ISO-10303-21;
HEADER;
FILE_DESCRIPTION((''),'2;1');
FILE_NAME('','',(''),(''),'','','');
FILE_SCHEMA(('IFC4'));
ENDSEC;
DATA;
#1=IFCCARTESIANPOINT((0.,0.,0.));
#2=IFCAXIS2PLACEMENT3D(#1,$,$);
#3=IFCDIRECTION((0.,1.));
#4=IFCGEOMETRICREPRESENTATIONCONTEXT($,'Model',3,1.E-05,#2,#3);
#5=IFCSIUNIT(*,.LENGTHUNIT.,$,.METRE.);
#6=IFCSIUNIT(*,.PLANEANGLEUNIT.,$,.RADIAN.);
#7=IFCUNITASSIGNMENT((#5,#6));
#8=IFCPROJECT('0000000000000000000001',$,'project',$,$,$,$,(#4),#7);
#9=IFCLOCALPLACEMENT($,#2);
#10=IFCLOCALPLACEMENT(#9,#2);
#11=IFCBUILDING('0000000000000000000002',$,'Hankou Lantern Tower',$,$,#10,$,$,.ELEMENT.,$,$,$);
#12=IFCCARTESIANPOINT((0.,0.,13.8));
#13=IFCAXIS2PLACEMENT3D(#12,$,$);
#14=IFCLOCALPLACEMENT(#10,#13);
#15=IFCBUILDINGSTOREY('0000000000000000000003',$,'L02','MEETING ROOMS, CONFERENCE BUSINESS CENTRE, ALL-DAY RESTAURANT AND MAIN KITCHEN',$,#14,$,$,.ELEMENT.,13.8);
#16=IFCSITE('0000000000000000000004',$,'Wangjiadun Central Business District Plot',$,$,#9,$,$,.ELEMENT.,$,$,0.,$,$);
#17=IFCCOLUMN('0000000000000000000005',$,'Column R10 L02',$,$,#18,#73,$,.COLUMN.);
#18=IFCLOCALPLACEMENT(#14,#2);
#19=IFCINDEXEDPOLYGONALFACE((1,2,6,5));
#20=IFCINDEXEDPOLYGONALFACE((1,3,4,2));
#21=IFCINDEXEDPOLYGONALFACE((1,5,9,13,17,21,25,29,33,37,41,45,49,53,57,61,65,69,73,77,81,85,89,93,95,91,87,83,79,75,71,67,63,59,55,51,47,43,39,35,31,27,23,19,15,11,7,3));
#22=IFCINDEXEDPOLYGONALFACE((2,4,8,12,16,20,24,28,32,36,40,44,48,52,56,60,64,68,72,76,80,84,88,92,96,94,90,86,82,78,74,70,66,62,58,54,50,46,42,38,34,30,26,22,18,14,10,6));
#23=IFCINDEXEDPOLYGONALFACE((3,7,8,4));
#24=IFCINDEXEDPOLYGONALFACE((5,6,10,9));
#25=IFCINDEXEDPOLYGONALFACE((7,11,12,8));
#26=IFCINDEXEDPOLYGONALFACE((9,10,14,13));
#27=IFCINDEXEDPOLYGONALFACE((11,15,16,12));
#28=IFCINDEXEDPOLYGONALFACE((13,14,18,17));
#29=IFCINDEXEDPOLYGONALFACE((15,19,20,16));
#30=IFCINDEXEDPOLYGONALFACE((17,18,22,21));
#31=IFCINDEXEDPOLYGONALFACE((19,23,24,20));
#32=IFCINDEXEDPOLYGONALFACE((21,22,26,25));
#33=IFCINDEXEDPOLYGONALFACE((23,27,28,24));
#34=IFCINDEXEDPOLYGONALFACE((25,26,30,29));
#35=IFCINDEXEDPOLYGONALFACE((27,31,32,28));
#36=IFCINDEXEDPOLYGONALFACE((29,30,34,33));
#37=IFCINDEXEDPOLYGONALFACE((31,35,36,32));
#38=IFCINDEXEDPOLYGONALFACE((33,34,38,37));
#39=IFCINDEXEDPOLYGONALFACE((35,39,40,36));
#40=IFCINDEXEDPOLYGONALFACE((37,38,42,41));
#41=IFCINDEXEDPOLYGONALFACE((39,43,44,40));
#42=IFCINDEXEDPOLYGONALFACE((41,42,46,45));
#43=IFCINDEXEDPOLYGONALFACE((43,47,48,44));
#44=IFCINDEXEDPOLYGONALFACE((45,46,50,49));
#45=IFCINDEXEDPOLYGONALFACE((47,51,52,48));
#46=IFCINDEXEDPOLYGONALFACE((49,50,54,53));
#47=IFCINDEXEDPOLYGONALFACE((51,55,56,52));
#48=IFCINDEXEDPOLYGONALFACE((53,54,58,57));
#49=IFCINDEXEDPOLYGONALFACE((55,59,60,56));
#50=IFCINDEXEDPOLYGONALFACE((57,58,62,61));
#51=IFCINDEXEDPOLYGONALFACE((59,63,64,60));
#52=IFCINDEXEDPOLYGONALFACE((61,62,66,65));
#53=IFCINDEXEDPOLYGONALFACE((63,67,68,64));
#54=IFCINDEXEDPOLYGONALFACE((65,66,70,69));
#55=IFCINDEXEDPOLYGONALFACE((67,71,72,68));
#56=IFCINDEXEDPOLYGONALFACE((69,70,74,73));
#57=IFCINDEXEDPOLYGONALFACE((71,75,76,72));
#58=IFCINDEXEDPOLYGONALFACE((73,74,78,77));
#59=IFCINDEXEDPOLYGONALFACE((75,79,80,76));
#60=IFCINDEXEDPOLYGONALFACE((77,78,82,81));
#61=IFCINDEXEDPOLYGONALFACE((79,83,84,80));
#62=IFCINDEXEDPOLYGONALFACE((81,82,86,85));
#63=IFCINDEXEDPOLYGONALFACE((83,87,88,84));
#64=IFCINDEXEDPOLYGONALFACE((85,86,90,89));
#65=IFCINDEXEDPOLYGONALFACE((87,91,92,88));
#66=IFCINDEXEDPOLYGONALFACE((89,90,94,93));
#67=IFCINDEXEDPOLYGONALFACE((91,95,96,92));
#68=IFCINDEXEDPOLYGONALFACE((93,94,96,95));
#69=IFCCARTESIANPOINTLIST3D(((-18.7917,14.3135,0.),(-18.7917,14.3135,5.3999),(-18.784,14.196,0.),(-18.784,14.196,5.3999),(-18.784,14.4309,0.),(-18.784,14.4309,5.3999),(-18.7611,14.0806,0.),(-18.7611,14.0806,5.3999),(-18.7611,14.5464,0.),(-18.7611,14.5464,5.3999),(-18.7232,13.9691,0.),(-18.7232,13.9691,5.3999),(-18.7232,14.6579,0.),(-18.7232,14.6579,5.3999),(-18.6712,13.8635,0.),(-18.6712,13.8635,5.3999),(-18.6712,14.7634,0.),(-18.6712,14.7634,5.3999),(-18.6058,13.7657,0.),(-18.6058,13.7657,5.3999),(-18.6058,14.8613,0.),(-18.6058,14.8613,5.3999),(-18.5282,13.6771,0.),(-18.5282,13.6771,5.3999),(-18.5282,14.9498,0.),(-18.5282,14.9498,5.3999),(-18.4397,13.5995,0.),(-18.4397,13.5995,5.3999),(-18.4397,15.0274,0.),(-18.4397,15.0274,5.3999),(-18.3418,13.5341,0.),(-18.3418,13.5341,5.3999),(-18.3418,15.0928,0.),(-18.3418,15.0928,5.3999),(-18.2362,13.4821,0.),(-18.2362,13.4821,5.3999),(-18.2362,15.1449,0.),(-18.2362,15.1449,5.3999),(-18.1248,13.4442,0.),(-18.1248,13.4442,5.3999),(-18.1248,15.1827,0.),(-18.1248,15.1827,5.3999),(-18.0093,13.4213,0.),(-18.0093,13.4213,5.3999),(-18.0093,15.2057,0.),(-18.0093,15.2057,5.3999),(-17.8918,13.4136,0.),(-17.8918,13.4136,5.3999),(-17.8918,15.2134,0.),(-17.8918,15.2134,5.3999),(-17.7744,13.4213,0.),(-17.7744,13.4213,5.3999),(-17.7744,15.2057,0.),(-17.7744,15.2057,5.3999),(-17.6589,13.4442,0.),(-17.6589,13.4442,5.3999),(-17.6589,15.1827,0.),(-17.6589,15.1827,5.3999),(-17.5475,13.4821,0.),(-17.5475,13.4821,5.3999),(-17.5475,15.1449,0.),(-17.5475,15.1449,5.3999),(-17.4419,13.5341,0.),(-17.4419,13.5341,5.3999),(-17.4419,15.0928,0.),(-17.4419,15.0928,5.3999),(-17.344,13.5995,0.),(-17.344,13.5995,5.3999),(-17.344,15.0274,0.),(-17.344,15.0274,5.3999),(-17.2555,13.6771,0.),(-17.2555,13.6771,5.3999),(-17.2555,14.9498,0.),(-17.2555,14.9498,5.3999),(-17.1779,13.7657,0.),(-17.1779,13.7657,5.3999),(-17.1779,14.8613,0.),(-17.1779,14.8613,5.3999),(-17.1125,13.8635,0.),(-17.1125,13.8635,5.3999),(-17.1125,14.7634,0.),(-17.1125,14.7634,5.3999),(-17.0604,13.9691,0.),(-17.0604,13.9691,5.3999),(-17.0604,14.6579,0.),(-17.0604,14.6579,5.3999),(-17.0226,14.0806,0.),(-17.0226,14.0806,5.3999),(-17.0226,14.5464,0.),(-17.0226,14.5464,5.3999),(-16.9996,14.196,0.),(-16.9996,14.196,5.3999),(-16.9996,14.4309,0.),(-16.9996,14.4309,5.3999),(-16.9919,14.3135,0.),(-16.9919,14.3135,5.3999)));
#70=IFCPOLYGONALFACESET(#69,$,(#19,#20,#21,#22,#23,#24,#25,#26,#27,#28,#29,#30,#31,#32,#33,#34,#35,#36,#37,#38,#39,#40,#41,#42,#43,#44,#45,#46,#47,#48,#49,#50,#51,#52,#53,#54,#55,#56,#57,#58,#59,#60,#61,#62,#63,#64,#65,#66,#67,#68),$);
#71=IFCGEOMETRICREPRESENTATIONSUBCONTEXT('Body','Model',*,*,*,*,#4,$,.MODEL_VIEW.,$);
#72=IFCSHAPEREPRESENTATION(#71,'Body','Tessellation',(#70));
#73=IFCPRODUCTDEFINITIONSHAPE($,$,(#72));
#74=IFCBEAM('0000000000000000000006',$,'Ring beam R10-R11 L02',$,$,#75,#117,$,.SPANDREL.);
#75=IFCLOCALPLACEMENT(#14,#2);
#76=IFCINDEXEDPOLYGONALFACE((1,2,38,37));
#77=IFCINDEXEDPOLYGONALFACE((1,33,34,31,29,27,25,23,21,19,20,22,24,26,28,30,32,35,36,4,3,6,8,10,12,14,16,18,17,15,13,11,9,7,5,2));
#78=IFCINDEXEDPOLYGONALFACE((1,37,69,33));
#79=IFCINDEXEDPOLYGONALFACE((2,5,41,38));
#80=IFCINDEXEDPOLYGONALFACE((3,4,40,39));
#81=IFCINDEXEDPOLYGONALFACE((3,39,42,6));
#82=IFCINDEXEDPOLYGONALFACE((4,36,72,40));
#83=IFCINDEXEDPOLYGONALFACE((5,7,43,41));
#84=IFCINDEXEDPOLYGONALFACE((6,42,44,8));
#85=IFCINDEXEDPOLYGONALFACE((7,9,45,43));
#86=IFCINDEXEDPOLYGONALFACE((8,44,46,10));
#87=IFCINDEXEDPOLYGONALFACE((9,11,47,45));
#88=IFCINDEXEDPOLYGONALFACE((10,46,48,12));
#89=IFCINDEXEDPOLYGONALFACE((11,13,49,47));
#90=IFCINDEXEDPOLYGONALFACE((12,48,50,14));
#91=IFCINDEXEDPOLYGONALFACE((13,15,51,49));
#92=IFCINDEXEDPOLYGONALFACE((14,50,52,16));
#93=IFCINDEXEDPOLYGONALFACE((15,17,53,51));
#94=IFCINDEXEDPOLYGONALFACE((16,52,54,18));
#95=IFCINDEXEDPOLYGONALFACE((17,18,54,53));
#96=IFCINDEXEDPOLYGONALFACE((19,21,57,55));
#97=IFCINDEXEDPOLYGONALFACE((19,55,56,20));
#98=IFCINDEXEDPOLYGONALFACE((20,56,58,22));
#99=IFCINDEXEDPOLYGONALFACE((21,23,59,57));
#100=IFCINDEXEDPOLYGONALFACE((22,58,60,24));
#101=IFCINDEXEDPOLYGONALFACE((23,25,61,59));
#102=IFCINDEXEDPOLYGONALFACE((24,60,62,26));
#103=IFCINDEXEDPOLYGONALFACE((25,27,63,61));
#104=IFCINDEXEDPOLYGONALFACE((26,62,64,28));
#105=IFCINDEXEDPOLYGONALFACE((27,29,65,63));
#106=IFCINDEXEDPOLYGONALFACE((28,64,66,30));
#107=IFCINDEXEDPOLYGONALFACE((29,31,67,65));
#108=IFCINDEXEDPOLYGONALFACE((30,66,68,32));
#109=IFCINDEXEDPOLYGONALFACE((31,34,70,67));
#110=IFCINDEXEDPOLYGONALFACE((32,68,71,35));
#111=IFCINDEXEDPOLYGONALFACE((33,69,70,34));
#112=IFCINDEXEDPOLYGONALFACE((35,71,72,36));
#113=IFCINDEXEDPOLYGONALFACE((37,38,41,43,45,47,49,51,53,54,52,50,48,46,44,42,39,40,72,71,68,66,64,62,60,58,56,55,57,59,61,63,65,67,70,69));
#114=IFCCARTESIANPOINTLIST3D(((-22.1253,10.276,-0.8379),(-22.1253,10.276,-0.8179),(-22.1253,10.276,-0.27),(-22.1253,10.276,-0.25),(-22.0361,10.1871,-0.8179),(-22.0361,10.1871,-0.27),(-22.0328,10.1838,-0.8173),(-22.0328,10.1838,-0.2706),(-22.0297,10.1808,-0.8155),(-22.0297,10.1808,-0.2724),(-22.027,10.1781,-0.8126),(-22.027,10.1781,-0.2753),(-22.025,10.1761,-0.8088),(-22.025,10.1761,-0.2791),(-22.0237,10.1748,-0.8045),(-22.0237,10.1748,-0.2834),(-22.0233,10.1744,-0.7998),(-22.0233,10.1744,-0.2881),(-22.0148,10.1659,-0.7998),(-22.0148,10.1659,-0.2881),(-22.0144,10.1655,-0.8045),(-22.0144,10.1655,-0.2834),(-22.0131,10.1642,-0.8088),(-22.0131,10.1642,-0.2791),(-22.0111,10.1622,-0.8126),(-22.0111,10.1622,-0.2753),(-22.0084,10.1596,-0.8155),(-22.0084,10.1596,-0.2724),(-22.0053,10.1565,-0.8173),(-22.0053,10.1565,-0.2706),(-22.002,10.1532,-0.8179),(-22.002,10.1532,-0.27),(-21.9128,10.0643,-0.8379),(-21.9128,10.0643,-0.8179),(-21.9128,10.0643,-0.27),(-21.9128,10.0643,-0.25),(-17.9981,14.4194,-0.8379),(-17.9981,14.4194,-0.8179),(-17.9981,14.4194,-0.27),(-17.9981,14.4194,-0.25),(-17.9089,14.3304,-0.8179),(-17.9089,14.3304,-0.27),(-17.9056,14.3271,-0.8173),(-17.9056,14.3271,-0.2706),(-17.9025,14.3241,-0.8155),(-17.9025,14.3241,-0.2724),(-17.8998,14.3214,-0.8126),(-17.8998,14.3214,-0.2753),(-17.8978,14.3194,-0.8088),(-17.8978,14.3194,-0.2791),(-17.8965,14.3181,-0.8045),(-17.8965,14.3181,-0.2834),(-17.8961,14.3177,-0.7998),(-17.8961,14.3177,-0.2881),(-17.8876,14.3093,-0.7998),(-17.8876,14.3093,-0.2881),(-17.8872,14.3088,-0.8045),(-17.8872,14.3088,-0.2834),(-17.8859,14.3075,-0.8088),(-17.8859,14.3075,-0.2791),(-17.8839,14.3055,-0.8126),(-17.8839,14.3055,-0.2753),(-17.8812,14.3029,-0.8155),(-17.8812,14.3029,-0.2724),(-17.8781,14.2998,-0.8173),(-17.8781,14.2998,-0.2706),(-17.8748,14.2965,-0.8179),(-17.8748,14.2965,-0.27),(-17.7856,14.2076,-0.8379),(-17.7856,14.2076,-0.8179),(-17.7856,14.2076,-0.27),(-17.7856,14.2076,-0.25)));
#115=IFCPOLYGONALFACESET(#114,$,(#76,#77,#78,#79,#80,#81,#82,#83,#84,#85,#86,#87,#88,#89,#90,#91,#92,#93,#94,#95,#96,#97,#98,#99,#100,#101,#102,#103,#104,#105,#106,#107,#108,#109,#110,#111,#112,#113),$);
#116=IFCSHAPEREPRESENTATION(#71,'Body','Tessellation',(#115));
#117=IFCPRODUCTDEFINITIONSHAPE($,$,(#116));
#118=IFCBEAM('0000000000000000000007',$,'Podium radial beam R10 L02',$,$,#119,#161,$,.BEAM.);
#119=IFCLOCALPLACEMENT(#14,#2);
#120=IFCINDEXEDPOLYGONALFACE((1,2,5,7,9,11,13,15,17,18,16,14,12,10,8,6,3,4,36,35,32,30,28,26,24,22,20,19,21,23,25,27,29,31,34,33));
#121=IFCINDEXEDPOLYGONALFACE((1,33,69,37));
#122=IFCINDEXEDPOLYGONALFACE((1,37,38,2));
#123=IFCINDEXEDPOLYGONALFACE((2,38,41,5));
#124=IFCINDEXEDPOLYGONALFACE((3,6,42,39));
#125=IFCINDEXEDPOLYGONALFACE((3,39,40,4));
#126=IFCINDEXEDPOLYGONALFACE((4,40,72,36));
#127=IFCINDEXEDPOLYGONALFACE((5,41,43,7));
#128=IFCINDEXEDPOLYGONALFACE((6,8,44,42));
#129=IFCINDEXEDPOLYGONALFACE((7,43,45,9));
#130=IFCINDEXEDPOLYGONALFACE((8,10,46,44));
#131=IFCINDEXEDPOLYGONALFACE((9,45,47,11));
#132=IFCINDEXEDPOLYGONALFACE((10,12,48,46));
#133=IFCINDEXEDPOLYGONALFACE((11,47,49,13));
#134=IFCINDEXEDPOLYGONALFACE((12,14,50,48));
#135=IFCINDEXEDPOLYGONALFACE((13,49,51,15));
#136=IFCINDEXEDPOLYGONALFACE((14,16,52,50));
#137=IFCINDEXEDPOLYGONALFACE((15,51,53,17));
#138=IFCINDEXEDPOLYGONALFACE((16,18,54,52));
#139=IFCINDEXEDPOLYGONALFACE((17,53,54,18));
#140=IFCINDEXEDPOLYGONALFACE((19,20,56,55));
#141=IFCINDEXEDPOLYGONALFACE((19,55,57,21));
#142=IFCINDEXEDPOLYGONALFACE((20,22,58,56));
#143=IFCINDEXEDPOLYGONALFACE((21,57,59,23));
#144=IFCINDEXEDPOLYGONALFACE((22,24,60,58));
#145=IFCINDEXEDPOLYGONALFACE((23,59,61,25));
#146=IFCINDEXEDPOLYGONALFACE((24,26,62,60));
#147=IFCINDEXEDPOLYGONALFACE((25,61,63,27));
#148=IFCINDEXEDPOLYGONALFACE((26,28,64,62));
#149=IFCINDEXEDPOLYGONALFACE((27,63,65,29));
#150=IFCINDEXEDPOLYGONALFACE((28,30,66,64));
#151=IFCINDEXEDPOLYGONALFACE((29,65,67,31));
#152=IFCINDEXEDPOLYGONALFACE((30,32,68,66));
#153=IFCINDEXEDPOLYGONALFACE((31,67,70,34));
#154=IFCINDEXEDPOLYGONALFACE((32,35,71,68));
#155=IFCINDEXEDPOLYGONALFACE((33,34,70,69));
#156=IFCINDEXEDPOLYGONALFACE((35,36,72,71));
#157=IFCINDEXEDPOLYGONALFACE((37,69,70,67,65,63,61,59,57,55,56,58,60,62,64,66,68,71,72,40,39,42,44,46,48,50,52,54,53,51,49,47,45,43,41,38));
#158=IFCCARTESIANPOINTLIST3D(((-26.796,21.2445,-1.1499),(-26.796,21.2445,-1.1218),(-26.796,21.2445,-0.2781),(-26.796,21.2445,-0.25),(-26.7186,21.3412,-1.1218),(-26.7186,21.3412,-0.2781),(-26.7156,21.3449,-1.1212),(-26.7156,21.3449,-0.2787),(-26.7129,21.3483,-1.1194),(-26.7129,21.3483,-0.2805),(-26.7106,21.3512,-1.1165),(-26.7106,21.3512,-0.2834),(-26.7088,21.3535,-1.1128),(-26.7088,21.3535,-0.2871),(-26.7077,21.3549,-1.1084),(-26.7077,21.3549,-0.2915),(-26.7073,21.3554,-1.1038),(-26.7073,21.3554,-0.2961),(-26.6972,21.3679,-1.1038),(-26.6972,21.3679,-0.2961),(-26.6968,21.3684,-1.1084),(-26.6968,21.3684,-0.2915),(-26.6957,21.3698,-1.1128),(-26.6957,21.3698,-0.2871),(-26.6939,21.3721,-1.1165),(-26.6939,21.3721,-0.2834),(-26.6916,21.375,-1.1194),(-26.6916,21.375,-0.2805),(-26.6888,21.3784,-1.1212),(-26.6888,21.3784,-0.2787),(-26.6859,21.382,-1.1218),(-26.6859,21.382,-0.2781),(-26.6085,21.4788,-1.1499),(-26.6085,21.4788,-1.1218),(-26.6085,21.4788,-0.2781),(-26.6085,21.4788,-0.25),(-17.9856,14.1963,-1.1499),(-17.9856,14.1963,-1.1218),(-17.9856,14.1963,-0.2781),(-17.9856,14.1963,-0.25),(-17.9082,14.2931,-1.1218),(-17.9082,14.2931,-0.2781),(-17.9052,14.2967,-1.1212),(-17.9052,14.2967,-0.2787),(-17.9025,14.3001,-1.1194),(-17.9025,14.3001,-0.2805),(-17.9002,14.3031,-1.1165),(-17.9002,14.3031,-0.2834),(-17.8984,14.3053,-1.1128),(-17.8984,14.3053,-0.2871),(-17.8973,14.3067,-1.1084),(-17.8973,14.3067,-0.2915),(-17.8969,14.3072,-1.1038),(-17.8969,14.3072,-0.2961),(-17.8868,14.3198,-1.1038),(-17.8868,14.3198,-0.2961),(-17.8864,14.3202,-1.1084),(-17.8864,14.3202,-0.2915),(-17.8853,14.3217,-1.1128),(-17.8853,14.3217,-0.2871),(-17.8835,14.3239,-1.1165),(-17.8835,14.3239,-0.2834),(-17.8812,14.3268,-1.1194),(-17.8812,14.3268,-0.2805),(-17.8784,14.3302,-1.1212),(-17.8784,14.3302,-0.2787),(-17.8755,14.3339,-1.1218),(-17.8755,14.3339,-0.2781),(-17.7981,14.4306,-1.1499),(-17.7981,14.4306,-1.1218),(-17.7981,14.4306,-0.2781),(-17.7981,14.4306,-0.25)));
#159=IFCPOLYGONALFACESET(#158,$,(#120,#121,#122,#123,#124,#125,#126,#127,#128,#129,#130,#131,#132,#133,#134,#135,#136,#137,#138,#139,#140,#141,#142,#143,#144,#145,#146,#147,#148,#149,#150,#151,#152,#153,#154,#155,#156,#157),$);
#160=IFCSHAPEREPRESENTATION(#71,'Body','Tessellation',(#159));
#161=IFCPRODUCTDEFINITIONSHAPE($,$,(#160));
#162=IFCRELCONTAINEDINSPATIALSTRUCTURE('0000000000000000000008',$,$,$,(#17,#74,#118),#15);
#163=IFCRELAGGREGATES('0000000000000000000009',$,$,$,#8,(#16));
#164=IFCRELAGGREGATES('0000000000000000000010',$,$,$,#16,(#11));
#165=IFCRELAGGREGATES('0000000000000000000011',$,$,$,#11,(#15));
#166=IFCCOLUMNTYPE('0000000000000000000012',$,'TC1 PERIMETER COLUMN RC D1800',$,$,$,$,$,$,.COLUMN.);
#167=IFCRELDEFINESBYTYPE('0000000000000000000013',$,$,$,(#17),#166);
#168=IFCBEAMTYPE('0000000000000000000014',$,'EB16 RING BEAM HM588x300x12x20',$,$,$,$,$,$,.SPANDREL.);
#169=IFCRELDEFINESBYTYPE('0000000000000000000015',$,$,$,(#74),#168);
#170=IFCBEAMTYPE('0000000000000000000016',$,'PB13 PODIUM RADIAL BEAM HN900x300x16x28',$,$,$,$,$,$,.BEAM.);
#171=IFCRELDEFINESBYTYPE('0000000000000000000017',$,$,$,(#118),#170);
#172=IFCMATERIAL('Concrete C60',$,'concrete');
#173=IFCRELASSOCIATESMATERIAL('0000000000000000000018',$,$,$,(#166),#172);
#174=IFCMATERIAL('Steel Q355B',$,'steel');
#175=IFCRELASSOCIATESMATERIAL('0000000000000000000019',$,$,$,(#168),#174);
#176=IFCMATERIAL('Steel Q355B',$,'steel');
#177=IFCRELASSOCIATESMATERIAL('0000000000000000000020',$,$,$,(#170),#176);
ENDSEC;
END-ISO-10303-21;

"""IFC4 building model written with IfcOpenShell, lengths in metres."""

from ifc_helpers import new_model, si_unit, direction, frame, origin, origin_2d, place, context, subcontext, project, spatial, circle, i_section, extrude, material, material_profile, profile_set, type_object, element, save


model = new_model("IFC4")

# Units and contexts
model_context = context("Model", 3, precision=1e-05, world=origin(), true_north=direction((0.0, 1.0)))
body_context = subcontext(model_context, "Body", "Model", "MODEL_VIEW")
ifc_project = project(units=[si_unit("LENGTHUNIT", "METRE"), si_unit("PLANEANGLEUNIT", "RADIAN")], contexts=[model_context])

# Site, building, storey
site_placement = place(None, origin())
site = spatial("IfcSite", under=ifc_project, at=site_placement, Name="Wangjiadun Central Business District Plot", CompositionType="ELEMENT", RefElevation=0.0)
building_placement = place(site_placement, origin())
building = spatial("IfcBuilding", under=site, at=building_placement, Name="Hankou Lantern Tower", CompositionType="ELEMENT")
storey_placement = place(building_placement, frame((0.0, 0.0, 13.8)))
storey = spatial("IfcBuildingStorey", under=building, at=storey_placement, Name="L02", Description="MEETING ROOMS, CONFERENCE BUSINESS CENTRE, ALL-DAY RESTAURANT AND MAIN KITCHEN", CompositionType="ELEMENT", Elevation=13.8)

# Column
ifc_material_1 = material(Name="Concrete C60", Category="concrete")
ifc_material_profile_1 = material_profile(ifc_material_1, circle(Radius=0.8999, at=origin_2d()), Name="RC D1800")
ifc_profile_set_1 = profile_set([ifc_material_profile_1], Name="Concrete C60")
column_type = type_object("IfcColumnType", Name="TC1 PERIMETER COLUMN RC D1800", PredefinedType="COLUMN", material=ifc_profile_set_1)
column_placement = place(storey_placement, frame((-17.8918, 14.3135, 0.0), z_axis=(0.0, 0.0, 1.0), x_axis=(1.0, 0.0, 0.0)))
element("IfcColumn", 1, at=column_placement, inside=storey, type_object=column_type, Name="Column R10 L02", PredefinedType="COLUMN", context=body_context, shape_type="SweptSolid", body=[
    extrude(circle(Radius=0.8999, at=origin_2d()), origin(), (0.0, 0.0, 1.0), 5.3999),
])

# Beams
ifc_material_2 = material(Name="Steel Q355B", Category="steel")
ifc_material_profile_2 = material_profile(ifc_material_2, i_section(OverallWidth=0.3, OverallDepth=0.5879, WebThickness=0.012, FlangeThickness=0.02, FilletRadius=0.0181, at=origin_2d()), Name="HM588x300x12x20")
ifc_profile_set_2 = profile_set([ifc_material_profile_2], Name="Steel Q355B")
beam_type_1 = type_object("IfcBeamType", Name="EB16 RING BEAM HM588x300x12x20", PredefinedType="SPANDREL", material=ifc_profile_set_2)
beam_1_placement = place(storey_placement, frame((-17.8918, 14.3135, -0.5439), z_axis=(-0.705728, -0.708483, 0.0), x_axis=(0.708483, -0.705728, 0.0)))
element("IfcBeam", 2, at=beam_1_placement, inside=storey, type_object=beam_type_1, Name="Ring beam R10-R11 L02", PredefinedType="SPANDREL", context=body_context, shape_type="SweptSolid", body=[
    extrude(i_section(OverallWidth=0.3, OverallDepth=0.5879, WebThickness=0.012, FlangeThickness=0.02, FilletRadius=0.0181, at=origin_2d()), origin(), (0.0, 0.0, 1.0), 5.8481),
])
ifc_material_3 = material(Name="Steel Q355B", Category="steel")
ifc_material_profile_3 = material_profile(ifc_material_3, i_section(OverallWidth=0.3, OverallDepth=0.8999, WebThickness=0.0161, FlangeThickness=0.0281, FilletRadius=0.0181, at=origin_2d()), Name="HN900x300x16x28")
ifc_profile_set_3 = profile_set([ifc_material_profile_3], Name="Steel Q355B")
beam_type_2 = type_object("IfcBeamType", Name="PB13 PODIUM RADIAL BEAM HN900x300x16x28", PredefinedType="BEAM", material=ifc_profile_set_3)
beam_2_placement = place(storey_placement, frame((-17.8918, 14.3135, -0.7), z_axis=(-0.780875, 0.624687, 0.0), x_axis=(-0.624687, -0.780875, 0.0)))
element("IfcBeam", 3, at=beam_2_placement, inside=storey, type_object=beam_type_2, Name="Podium radial beam R10 L02", PredefinedType="BEAM", context=body_context, shape_type="SweptSolid", body=[
    extrude(i_section(OverallWidth=0.3, OverallDepth=0.8999, WebThickness=0.0161, FlangeThickness=0.0281, FilletRadius=0.0181, at=origin_2d()), origin(), (0.0, 0.0, 1.0), 11.2827),
])

save(model, "model.ifc")
